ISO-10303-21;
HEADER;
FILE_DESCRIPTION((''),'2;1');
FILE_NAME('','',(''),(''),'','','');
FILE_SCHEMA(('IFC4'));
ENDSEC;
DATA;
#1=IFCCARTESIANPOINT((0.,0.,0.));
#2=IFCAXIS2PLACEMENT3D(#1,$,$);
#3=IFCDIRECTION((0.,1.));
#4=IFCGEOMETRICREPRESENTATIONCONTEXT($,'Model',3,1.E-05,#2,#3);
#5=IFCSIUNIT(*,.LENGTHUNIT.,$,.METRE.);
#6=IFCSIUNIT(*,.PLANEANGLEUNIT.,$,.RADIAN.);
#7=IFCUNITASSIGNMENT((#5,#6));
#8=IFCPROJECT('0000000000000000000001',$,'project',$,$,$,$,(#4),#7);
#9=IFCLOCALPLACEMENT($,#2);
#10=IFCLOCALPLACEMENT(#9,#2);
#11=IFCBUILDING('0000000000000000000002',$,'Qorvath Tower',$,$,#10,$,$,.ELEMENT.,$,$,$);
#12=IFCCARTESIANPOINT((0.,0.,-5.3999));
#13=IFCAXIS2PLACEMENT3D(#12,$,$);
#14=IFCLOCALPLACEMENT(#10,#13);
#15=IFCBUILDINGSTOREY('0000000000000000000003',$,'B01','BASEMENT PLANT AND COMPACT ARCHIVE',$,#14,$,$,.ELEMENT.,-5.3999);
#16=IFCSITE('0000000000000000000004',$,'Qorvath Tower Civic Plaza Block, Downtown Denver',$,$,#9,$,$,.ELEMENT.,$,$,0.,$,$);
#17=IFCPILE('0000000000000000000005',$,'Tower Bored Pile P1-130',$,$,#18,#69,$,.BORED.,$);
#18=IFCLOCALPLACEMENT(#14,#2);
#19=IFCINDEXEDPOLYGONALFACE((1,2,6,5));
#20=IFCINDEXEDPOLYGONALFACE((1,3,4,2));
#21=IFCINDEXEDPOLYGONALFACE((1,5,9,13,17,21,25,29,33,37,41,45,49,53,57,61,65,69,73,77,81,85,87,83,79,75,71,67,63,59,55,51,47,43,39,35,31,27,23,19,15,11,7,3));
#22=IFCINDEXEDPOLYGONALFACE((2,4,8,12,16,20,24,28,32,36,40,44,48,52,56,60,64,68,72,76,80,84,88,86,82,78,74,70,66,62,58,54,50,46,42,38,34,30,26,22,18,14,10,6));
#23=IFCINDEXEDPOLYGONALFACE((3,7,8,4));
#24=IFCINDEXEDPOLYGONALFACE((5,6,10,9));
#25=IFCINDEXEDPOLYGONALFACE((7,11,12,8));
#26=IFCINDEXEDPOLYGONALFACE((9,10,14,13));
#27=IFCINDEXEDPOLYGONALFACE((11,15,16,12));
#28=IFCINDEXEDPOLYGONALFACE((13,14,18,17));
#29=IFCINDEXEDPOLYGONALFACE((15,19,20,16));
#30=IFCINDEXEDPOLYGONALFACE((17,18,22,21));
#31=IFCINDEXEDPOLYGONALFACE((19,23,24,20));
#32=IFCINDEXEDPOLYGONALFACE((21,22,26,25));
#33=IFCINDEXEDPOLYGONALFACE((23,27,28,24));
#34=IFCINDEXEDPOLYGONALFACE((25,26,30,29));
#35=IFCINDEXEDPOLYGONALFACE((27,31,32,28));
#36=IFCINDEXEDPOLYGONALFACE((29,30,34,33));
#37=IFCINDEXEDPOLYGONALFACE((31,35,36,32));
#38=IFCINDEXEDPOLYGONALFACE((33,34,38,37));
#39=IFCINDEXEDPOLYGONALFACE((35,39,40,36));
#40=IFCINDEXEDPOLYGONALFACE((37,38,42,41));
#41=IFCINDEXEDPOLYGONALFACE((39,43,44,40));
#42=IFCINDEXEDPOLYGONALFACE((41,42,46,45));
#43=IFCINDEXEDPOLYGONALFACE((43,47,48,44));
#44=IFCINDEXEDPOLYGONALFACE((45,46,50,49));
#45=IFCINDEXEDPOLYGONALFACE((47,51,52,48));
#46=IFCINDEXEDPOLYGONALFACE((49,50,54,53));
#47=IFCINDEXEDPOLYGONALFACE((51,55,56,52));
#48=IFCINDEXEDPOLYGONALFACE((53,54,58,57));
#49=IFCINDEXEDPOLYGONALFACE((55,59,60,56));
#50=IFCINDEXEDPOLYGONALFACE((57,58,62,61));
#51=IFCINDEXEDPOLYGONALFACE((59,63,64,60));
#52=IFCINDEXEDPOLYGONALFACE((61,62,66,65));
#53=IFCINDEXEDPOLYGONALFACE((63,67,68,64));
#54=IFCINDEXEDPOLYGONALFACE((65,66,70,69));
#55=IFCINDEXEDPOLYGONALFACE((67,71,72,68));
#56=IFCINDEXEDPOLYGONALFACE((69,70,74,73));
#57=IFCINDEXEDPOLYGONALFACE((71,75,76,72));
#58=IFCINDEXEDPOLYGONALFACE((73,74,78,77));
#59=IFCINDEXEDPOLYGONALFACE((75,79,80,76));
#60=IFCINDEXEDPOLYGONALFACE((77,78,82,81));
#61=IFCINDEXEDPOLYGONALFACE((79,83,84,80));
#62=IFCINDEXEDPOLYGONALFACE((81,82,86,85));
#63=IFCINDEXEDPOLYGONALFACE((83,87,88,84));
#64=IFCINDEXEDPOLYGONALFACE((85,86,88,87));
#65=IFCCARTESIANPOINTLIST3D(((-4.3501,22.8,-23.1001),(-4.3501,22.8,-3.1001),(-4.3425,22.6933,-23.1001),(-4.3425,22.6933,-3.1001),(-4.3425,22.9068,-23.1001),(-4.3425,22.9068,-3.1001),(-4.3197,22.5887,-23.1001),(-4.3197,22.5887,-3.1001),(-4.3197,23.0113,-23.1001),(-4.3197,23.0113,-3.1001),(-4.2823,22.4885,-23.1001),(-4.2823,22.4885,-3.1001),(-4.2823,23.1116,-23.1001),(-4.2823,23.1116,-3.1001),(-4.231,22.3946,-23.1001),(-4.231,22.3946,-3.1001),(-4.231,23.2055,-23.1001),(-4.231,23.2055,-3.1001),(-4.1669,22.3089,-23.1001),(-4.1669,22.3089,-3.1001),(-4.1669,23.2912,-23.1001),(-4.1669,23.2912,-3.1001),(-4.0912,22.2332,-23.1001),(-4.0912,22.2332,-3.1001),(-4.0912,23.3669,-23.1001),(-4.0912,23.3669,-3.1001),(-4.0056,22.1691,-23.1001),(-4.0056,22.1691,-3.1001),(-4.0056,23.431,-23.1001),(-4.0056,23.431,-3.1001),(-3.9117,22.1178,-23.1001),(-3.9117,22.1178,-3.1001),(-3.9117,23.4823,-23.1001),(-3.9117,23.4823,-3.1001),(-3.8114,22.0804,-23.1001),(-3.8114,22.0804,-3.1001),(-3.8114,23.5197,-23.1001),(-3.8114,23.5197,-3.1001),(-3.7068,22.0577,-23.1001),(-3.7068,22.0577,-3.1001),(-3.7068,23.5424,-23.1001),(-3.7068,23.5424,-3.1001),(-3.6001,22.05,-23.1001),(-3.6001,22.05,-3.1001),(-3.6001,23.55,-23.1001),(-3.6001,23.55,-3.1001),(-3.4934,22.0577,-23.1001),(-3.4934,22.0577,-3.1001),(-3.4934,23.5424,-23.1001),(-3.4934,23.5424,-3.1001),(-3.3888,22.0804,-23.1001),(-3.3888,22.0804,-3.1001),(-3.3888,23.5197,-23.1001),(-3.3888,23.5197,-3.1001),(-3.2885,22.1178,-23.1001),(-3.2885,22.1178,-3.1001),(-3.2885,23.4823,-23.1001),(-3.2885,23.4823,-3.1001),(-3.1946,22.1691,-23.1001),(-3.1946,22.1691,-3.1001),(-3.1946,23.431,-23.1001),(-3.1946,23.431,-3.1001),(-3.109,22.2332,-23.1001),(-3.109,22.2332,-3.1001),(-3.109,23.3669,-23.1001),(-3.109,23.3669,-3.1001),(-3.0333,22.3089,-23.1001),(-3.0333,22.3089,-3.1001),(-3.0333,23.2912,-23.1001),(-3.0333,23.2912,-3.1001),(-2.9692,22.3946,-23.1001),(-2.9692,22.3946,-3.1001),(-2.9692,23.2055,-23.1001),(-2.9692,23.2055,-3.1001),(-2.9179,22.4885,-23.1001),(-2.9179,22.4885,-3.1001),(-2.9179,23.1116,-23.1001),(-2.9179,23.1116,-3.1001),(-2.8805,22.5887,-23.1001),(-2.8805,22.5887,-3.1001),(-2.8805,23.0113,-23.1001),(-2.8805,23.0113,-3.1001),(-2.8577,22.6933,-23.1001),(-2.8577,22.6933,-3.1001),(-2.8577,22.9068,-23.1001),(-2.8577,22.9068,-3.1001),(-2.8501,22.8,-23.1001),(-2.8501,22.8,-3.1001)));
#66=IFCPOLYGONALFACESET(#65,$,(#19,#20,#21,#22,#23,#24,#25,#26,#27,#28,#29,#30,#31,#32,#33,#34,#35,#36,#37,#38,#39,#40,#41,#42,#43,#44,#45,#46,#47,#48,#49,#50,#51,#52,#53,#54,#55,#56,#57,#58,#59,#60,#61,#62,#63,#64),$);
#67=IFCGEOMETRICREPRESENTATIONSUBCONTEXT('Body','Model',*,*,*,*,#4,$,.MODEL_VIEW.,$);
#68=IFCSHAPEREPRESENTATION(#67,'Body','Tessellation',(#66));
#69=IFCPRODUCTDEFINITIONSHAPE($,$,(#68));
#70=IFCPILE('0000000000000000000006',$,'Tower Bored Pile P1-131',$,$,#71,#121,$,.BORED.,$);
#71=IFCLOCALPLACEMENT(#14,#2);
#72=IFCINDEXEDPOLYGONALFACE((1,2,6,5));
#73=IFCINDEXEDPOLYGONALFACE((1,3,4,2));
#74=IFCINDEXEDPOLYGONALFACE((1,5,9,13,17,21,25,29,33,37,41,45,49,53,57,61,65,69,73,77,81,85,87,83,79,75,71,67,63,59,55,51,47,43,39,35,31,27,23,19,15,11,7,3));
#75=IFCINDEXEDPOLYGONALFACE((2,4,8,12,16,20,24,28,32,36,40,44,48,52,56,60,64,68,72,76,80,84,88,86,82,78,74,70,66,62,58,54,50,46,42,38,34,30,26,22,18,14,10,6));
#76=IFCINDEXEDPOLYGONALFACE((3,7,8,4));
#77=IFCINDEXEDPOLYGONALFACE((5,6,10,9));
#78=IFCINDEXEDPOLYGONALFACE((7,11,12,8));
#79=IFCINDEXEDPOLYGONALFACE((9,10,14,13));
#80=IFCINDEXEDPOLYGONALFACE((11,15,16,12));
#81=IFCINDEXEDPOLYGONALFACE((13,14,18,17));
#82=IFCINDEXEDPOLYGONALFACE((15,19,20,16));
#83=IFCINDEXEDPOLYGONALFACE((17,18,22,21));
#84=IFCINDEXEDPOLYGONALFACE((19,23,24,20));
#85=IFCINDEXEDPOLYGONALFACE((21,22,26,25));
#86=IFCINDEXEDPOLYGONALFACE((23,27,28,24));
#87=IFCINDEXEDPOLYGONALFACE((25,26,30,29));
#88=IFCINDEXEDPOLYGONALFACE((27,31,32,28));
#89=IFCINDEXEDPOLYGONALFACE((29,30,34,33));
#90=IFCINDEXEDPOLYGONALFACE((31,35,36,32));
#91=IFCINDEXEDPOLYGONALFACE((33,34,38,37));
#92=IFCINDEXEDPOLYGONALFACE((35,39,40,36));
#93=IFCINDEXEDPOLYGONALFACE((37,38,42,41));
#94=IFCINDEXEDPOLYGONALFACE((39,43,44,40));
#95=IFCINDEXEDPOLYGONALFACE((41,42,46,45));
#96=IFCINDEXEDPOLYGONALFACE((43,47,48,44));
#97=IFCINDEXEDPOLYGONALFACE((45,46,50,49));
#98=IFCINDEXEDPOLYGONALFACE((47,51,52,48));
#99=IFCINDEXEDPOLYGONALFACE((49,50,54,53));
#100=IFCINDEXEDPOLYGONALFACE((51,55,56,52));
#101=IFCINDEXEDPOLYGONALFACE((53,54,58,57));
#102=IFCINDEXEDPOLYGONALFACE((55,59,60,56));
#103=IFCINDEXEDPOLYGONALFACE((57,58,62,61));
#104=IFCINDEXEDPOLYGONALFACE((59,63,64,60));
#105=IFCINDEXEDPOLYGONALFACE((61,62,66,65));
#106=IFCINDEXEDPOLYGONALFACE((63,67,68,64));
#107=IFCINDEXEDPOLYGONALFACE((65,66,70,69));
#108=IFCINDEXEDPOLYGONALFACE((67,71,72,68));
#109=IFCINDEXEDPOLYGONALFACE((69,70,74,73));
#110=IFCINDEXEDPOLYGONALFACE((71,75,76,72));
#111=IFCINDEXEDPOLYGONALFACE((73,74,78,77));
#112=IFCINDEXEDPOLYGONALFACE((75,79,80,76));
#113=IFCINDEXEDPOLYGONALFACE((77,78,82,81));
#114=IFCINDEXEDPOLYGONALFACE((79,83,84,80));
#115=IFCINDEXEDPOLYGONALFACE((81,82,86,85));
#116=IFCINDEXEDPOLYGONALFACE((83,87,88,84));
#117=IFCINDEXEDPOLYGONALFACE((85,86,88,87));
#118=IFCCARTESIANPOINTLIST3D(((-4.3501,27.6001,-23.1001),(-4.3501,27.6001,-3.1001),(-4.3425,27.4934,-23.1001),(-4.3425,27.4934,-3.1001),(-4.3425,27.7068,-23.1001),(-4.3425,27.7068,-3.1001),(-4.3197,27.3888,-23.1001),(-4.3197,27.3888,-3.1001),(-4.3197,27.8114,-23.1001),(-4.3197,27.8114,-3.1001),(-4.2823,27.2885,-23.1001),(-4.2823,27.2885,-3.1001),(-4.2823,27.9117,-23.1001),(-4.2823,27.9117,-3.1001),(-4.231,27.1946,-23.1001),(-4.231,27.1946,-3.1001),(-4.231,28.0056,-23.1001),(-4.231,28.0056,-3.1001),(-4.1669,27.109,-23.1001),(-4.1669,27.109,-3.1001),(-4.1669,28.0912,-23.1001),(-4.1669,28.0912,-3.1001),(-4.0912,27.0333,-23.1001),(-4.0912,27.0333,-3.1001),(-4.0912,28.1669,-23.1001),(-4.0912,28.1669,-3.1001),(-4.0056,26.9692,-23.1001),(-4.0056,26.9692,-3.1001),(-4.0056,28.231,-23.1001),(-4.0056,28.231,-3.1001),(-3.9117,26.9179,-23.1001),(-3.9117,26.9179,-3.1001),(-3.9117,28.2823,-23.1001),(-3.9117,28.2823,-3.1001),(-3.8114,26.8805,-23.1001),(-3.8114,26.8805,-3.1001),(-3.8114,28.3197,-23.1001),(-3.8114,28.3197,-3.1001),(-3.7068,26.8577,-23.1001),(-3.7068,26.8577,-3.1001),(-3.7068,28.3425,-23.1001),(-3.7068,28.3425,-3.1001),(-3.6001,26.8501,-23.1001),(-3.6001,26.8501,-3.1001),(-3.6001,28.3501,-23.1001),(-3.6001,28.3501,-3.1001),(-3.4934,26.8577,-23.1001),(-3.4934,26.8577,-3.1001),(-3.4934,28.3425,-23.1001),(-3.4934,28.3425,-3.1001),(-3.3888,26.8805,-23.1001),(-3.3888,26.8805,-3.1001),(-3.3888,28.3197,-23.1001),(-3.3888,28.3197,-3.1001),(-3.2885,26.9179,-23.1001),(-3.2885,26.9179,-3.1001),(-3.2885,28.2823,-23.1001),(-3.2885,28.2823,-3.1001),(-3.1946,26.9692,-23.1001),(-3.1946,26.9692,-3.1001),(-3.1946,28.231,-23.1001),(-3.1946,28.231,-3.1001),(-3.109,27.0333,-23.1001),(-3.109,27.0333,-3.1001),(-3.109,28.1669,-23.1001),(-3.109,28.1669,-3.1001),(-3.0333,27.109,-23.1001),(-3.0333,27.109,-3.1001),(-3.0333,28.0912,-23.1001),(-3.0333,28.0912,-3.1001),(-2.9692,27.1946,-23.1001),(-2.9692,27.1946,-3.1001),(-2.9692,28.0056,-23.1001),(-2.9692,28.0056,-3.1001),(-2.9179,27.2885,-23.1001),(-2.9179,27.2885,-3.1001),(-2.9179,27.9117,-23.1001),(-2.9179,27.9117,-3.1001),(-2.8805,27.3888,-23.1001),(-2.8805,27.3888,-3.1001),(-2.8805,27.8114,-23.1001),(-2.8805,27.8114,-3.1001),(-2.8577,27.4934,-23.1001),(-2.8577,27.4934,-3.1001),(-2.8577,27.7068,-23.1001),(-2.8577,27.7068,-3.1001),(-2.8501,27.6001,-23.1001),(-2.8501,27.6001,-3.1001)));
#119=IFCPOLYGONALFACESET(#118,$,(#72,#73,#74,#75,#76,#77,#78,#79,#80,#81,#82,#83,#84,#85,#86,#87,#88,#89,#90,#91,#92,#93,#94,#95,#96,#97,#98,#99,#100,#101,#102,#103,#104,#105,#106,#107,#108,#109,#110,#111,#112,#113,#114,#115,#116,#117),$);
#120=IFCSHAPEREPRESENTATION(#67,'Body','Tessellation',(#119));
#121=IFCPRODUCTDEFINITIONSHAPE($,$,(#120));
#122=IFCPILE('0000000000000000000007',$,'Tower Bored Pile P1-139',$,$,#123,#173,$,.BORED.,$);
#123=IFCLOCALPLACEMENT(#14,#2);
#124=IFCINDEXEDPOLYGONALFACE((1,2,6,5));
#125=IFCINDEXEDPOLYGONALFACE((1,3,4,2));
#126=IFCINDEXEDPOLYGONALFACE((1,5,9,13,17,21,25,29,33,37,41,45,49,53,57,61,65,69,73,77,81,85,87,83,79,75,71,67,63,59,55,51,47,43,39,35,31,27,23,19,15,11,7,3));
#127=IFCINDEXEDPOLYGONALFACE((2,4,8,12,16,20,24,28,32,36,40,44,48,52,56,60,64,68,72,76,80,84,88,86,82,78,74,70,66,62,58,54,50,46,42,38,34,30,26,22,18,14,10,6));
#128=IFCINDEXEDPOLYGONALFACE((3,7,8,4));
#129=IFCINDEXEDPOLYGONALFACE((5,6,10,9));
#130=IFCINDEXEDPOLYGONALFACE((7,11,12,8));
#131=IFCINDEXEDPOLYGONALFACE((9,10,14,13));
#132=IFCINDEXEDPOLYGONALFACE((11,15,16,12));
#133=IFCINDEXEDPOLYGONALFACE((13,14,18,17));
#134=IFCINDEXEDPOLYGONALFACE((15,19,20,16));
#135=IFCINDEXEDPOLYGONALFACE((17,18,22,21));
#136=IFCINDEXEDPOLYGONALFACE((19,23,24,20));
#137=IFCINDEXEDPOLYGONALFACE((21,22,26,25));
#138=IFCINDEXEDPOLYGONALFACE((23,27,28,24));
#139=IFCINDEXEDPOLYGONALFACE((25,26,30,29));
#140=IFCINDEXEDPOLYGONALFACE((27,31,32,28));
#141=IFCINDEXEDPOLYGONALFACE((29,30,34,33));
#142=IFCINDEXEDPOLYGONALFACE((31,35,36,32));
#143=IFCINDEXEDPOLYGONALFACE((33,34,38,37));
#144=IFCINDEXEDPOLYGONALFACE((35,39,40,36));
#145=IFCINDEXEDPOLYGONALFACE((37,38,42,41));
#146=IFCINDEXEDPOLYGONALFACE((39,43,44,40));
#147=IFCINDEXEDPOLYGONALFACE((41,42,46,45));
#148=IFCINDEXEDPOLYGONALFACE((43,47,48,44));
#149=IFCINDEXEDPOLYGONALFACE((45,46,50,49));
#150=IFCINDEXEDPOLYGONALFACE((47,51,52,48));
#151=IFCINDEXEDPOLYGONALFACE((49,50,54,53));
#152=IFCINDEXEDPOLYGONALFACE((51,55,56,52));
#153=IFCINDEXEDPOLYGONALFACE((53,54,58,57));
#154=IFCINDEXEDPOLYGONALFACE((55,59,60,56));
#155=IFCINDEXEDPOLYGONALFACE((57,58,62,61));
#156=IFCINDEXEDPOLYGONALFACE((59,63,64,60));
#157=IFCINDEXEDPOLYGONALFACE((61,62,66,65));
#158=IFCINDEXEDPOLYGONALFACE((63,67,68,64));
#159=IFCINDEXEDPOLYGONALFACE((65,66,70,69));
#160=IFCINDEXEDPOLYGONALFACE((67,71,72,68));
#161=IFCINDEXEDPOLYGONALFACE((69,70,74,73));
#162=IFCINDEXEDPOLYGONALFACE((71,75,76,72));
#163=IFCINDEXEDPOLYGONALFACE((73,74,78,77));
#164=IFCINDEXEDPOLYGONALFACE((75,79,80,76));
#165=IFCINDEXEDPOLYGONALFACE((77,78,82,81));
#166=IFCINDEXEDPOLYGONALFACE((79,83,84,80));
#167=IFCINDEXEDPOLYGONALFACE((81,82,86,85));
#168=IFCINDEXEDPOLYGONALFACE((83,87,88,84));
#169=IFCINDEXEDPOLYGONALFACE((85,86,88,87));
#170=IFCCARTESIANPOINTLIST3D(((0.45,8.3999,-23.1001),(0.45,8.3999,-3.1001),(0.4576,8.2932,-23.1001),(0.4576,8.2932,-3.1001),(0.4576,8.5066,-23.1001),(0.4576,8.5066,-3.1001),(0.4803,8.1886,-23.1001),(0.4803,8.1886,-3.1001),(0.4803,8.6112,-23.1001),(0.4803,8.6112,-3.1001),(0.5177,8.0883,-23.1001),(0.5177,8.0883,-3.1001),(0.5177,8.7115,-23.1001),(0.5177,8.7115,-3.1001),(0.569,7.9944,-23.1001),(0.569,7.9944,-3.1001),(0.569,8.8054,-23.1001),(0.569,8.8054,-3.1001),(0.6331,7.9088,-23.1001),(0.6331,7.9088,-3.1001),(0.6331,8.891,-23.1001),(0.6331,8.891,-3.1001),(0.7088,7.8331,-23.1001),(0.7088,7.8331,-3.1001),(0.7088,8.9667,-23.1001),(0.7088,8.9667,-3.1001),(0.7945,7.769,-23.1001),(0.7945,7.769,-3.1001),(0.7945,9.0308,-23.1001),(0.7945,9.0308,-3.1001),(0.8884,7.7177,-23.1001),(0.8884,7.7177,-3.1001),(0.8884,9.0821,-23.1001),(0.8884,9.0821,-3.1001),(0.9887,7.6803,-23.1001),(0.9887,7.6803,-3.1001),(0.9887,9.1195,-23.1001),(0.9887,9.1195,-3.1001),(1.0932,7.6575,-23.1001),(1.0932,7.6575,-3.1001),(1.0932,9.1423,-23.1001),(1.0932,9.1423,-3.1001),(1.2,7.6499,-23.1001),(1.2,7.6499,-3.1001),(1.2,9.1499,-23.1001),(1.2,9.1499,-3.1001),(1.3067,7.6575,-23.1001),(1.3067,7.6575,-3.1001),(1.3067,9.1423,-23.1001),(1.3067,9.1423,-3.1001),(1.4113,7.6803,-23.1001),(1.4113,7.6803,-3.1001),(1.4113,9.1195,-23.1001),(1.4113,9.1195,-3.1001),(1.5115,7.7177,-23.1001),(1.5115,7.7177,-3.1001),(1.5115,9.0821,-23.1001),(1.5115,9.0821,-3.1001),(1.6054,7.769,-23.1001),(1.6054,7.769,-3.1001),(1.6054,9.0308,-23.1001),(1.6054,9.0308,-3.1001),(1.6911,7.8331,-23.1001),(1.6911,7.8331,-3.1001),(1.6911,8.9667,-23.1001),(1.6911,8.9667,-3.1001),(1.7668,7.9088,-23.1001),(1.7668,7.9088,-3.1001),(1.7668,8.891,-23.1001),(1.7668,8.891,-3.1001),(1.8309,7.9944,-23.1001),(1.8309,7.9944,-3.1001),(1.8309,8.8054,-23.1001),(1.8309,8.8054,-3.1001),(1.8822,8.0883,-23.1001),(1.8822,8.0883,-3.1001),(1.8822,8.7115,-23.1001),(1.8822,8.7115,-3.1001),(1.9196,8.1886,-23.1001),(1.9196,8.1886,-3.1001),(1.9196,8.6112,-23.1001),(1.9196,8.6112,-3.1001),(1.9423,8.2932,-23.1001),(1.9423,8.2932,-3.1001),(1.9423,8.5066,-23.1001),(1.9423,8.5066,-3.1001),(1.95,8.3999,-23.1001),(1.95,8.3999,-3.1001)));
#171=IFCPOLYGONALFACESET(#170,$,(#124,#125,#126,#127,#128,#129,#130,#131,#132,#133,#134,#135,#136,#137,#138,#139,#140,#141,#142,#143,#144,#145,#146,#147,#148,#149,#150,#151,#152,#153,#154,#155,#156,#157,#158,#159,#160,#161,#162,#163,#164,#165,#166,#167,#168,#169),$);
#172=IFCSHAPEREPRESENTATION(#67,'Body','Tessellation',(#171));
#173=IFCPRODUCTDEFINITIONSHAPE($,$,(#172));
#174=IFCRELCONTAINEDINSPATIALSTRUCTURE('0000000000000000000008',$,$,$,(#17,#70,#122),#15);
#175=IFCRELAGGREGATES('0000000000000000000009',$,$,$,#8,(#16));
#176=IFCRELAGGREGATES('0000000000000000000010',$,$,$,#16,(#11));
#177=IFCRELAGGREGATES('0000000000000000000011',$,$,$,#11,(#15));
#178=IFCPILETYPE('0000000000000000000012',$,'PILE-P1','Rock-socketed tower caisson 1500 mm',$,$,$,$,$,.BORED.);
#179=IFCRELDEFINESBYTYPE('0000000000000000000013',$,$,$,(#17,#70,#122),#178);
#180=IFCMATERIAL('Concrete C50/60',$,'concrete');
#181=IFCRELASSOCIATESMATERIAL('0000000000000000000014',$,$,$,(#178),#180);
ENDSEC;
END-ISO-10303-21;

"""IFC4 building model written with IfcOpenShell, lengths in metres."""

from ifc_helpers import new_model, si_unit, direction, frame, origin, origin_2d, place, context, subcontext, project, spatial, circle, extrude, material, material_profile, profile_set, type_object, element, save


model = new_model("IFC4")

# Units and contexts
model_context = context("Model", 3, precision=1e-05, world=origin(), true_north=direction((0.0, 1.0)))
body_context = subcontext(model_context, "Body", "Model", "MODEL_VIEW")
ifc_project = project(units=[si_unit("LENGTHUNIT", "METRE"), si_unit("PLANEANGLEUNIT", "RADIAN")], contexts=[model_context])

# Site, building, storey
site_placement = place(None, origin())
site = spatial("IfcSite", under=ifc_project, at=site_placement, Name="Qorvath Tower Civic Plaza Block, Downtown Denver", CompositionType="ELEMENT", RefElevation=0.0)
building_placement = place(site_placement, origin())
building = spatial("IfcBuilding", under=site, at=building_placement, Name="Qorvath Tower", CompositionType="ELEMENT")
storey_placement = place(building_placement, frame((0.0, 0.0, -5.3999)))
storey = spatial("IfcBuildingStorey", under=building, at=storey_placement, Name="B01", Description="BASEMENT PLANT AND COMPACT ARCHIVE", CompositionType="ELEMENT", Elevation=-5.3999)

# Piles
ifc_material_1 = material(Name="Concrete C50/60", Category="concrete")
ifc_material_profile_1 = material_profile(ifc_material_1, circle(Radius=0.75, at=origin_2d()), Name="BORED PILE 1500")
ifc_profile_set_1 = profile_set([ifc_material_profile_1], Name="Concrete C50/60")
pile_type = type_object("IfcPileType", Name="PILE-P1", Description="Rock-socketed tower caisson 1500 mm", PredefinedType="BORED", material=ifc_profile_set_1)
for number, where, z_axis, x_axis, name in (
    (1, (-3.6001, 22.8, -3.1001), (0.0, 0.0, -1.0), (1.0, 0.0, 0.0), "Tower Bored Pile P1-130"),
    (2, (-3.6001, 27.6001, -3.1001), (0.0, 0.0, -1.0), (1.0, 0.0, 0.0), "Tower Bored Pile P1-131"),
    (3, (1.2, 8.3999, -3.1001), (0.0, 0.0, -1.0), (1.0, 0.0, 0.0), "Tower Bored Pile P1-139"),
):
    element("IfcPile", number, at=place(storey_placement, frame(where, z_axis=z_axis, x_axis=x_axis)), inside=storey, type_object=pile_type, Name=name, PredefinedType="BORED", context=body_context, shape_type="SweptSolid", body=[
        extrude(circle(Radius=0.75, at=origin_2d()), origin(), (0.0, 0.0, 1.0), 20.0),
    ])

save(model, "model.ifc")
